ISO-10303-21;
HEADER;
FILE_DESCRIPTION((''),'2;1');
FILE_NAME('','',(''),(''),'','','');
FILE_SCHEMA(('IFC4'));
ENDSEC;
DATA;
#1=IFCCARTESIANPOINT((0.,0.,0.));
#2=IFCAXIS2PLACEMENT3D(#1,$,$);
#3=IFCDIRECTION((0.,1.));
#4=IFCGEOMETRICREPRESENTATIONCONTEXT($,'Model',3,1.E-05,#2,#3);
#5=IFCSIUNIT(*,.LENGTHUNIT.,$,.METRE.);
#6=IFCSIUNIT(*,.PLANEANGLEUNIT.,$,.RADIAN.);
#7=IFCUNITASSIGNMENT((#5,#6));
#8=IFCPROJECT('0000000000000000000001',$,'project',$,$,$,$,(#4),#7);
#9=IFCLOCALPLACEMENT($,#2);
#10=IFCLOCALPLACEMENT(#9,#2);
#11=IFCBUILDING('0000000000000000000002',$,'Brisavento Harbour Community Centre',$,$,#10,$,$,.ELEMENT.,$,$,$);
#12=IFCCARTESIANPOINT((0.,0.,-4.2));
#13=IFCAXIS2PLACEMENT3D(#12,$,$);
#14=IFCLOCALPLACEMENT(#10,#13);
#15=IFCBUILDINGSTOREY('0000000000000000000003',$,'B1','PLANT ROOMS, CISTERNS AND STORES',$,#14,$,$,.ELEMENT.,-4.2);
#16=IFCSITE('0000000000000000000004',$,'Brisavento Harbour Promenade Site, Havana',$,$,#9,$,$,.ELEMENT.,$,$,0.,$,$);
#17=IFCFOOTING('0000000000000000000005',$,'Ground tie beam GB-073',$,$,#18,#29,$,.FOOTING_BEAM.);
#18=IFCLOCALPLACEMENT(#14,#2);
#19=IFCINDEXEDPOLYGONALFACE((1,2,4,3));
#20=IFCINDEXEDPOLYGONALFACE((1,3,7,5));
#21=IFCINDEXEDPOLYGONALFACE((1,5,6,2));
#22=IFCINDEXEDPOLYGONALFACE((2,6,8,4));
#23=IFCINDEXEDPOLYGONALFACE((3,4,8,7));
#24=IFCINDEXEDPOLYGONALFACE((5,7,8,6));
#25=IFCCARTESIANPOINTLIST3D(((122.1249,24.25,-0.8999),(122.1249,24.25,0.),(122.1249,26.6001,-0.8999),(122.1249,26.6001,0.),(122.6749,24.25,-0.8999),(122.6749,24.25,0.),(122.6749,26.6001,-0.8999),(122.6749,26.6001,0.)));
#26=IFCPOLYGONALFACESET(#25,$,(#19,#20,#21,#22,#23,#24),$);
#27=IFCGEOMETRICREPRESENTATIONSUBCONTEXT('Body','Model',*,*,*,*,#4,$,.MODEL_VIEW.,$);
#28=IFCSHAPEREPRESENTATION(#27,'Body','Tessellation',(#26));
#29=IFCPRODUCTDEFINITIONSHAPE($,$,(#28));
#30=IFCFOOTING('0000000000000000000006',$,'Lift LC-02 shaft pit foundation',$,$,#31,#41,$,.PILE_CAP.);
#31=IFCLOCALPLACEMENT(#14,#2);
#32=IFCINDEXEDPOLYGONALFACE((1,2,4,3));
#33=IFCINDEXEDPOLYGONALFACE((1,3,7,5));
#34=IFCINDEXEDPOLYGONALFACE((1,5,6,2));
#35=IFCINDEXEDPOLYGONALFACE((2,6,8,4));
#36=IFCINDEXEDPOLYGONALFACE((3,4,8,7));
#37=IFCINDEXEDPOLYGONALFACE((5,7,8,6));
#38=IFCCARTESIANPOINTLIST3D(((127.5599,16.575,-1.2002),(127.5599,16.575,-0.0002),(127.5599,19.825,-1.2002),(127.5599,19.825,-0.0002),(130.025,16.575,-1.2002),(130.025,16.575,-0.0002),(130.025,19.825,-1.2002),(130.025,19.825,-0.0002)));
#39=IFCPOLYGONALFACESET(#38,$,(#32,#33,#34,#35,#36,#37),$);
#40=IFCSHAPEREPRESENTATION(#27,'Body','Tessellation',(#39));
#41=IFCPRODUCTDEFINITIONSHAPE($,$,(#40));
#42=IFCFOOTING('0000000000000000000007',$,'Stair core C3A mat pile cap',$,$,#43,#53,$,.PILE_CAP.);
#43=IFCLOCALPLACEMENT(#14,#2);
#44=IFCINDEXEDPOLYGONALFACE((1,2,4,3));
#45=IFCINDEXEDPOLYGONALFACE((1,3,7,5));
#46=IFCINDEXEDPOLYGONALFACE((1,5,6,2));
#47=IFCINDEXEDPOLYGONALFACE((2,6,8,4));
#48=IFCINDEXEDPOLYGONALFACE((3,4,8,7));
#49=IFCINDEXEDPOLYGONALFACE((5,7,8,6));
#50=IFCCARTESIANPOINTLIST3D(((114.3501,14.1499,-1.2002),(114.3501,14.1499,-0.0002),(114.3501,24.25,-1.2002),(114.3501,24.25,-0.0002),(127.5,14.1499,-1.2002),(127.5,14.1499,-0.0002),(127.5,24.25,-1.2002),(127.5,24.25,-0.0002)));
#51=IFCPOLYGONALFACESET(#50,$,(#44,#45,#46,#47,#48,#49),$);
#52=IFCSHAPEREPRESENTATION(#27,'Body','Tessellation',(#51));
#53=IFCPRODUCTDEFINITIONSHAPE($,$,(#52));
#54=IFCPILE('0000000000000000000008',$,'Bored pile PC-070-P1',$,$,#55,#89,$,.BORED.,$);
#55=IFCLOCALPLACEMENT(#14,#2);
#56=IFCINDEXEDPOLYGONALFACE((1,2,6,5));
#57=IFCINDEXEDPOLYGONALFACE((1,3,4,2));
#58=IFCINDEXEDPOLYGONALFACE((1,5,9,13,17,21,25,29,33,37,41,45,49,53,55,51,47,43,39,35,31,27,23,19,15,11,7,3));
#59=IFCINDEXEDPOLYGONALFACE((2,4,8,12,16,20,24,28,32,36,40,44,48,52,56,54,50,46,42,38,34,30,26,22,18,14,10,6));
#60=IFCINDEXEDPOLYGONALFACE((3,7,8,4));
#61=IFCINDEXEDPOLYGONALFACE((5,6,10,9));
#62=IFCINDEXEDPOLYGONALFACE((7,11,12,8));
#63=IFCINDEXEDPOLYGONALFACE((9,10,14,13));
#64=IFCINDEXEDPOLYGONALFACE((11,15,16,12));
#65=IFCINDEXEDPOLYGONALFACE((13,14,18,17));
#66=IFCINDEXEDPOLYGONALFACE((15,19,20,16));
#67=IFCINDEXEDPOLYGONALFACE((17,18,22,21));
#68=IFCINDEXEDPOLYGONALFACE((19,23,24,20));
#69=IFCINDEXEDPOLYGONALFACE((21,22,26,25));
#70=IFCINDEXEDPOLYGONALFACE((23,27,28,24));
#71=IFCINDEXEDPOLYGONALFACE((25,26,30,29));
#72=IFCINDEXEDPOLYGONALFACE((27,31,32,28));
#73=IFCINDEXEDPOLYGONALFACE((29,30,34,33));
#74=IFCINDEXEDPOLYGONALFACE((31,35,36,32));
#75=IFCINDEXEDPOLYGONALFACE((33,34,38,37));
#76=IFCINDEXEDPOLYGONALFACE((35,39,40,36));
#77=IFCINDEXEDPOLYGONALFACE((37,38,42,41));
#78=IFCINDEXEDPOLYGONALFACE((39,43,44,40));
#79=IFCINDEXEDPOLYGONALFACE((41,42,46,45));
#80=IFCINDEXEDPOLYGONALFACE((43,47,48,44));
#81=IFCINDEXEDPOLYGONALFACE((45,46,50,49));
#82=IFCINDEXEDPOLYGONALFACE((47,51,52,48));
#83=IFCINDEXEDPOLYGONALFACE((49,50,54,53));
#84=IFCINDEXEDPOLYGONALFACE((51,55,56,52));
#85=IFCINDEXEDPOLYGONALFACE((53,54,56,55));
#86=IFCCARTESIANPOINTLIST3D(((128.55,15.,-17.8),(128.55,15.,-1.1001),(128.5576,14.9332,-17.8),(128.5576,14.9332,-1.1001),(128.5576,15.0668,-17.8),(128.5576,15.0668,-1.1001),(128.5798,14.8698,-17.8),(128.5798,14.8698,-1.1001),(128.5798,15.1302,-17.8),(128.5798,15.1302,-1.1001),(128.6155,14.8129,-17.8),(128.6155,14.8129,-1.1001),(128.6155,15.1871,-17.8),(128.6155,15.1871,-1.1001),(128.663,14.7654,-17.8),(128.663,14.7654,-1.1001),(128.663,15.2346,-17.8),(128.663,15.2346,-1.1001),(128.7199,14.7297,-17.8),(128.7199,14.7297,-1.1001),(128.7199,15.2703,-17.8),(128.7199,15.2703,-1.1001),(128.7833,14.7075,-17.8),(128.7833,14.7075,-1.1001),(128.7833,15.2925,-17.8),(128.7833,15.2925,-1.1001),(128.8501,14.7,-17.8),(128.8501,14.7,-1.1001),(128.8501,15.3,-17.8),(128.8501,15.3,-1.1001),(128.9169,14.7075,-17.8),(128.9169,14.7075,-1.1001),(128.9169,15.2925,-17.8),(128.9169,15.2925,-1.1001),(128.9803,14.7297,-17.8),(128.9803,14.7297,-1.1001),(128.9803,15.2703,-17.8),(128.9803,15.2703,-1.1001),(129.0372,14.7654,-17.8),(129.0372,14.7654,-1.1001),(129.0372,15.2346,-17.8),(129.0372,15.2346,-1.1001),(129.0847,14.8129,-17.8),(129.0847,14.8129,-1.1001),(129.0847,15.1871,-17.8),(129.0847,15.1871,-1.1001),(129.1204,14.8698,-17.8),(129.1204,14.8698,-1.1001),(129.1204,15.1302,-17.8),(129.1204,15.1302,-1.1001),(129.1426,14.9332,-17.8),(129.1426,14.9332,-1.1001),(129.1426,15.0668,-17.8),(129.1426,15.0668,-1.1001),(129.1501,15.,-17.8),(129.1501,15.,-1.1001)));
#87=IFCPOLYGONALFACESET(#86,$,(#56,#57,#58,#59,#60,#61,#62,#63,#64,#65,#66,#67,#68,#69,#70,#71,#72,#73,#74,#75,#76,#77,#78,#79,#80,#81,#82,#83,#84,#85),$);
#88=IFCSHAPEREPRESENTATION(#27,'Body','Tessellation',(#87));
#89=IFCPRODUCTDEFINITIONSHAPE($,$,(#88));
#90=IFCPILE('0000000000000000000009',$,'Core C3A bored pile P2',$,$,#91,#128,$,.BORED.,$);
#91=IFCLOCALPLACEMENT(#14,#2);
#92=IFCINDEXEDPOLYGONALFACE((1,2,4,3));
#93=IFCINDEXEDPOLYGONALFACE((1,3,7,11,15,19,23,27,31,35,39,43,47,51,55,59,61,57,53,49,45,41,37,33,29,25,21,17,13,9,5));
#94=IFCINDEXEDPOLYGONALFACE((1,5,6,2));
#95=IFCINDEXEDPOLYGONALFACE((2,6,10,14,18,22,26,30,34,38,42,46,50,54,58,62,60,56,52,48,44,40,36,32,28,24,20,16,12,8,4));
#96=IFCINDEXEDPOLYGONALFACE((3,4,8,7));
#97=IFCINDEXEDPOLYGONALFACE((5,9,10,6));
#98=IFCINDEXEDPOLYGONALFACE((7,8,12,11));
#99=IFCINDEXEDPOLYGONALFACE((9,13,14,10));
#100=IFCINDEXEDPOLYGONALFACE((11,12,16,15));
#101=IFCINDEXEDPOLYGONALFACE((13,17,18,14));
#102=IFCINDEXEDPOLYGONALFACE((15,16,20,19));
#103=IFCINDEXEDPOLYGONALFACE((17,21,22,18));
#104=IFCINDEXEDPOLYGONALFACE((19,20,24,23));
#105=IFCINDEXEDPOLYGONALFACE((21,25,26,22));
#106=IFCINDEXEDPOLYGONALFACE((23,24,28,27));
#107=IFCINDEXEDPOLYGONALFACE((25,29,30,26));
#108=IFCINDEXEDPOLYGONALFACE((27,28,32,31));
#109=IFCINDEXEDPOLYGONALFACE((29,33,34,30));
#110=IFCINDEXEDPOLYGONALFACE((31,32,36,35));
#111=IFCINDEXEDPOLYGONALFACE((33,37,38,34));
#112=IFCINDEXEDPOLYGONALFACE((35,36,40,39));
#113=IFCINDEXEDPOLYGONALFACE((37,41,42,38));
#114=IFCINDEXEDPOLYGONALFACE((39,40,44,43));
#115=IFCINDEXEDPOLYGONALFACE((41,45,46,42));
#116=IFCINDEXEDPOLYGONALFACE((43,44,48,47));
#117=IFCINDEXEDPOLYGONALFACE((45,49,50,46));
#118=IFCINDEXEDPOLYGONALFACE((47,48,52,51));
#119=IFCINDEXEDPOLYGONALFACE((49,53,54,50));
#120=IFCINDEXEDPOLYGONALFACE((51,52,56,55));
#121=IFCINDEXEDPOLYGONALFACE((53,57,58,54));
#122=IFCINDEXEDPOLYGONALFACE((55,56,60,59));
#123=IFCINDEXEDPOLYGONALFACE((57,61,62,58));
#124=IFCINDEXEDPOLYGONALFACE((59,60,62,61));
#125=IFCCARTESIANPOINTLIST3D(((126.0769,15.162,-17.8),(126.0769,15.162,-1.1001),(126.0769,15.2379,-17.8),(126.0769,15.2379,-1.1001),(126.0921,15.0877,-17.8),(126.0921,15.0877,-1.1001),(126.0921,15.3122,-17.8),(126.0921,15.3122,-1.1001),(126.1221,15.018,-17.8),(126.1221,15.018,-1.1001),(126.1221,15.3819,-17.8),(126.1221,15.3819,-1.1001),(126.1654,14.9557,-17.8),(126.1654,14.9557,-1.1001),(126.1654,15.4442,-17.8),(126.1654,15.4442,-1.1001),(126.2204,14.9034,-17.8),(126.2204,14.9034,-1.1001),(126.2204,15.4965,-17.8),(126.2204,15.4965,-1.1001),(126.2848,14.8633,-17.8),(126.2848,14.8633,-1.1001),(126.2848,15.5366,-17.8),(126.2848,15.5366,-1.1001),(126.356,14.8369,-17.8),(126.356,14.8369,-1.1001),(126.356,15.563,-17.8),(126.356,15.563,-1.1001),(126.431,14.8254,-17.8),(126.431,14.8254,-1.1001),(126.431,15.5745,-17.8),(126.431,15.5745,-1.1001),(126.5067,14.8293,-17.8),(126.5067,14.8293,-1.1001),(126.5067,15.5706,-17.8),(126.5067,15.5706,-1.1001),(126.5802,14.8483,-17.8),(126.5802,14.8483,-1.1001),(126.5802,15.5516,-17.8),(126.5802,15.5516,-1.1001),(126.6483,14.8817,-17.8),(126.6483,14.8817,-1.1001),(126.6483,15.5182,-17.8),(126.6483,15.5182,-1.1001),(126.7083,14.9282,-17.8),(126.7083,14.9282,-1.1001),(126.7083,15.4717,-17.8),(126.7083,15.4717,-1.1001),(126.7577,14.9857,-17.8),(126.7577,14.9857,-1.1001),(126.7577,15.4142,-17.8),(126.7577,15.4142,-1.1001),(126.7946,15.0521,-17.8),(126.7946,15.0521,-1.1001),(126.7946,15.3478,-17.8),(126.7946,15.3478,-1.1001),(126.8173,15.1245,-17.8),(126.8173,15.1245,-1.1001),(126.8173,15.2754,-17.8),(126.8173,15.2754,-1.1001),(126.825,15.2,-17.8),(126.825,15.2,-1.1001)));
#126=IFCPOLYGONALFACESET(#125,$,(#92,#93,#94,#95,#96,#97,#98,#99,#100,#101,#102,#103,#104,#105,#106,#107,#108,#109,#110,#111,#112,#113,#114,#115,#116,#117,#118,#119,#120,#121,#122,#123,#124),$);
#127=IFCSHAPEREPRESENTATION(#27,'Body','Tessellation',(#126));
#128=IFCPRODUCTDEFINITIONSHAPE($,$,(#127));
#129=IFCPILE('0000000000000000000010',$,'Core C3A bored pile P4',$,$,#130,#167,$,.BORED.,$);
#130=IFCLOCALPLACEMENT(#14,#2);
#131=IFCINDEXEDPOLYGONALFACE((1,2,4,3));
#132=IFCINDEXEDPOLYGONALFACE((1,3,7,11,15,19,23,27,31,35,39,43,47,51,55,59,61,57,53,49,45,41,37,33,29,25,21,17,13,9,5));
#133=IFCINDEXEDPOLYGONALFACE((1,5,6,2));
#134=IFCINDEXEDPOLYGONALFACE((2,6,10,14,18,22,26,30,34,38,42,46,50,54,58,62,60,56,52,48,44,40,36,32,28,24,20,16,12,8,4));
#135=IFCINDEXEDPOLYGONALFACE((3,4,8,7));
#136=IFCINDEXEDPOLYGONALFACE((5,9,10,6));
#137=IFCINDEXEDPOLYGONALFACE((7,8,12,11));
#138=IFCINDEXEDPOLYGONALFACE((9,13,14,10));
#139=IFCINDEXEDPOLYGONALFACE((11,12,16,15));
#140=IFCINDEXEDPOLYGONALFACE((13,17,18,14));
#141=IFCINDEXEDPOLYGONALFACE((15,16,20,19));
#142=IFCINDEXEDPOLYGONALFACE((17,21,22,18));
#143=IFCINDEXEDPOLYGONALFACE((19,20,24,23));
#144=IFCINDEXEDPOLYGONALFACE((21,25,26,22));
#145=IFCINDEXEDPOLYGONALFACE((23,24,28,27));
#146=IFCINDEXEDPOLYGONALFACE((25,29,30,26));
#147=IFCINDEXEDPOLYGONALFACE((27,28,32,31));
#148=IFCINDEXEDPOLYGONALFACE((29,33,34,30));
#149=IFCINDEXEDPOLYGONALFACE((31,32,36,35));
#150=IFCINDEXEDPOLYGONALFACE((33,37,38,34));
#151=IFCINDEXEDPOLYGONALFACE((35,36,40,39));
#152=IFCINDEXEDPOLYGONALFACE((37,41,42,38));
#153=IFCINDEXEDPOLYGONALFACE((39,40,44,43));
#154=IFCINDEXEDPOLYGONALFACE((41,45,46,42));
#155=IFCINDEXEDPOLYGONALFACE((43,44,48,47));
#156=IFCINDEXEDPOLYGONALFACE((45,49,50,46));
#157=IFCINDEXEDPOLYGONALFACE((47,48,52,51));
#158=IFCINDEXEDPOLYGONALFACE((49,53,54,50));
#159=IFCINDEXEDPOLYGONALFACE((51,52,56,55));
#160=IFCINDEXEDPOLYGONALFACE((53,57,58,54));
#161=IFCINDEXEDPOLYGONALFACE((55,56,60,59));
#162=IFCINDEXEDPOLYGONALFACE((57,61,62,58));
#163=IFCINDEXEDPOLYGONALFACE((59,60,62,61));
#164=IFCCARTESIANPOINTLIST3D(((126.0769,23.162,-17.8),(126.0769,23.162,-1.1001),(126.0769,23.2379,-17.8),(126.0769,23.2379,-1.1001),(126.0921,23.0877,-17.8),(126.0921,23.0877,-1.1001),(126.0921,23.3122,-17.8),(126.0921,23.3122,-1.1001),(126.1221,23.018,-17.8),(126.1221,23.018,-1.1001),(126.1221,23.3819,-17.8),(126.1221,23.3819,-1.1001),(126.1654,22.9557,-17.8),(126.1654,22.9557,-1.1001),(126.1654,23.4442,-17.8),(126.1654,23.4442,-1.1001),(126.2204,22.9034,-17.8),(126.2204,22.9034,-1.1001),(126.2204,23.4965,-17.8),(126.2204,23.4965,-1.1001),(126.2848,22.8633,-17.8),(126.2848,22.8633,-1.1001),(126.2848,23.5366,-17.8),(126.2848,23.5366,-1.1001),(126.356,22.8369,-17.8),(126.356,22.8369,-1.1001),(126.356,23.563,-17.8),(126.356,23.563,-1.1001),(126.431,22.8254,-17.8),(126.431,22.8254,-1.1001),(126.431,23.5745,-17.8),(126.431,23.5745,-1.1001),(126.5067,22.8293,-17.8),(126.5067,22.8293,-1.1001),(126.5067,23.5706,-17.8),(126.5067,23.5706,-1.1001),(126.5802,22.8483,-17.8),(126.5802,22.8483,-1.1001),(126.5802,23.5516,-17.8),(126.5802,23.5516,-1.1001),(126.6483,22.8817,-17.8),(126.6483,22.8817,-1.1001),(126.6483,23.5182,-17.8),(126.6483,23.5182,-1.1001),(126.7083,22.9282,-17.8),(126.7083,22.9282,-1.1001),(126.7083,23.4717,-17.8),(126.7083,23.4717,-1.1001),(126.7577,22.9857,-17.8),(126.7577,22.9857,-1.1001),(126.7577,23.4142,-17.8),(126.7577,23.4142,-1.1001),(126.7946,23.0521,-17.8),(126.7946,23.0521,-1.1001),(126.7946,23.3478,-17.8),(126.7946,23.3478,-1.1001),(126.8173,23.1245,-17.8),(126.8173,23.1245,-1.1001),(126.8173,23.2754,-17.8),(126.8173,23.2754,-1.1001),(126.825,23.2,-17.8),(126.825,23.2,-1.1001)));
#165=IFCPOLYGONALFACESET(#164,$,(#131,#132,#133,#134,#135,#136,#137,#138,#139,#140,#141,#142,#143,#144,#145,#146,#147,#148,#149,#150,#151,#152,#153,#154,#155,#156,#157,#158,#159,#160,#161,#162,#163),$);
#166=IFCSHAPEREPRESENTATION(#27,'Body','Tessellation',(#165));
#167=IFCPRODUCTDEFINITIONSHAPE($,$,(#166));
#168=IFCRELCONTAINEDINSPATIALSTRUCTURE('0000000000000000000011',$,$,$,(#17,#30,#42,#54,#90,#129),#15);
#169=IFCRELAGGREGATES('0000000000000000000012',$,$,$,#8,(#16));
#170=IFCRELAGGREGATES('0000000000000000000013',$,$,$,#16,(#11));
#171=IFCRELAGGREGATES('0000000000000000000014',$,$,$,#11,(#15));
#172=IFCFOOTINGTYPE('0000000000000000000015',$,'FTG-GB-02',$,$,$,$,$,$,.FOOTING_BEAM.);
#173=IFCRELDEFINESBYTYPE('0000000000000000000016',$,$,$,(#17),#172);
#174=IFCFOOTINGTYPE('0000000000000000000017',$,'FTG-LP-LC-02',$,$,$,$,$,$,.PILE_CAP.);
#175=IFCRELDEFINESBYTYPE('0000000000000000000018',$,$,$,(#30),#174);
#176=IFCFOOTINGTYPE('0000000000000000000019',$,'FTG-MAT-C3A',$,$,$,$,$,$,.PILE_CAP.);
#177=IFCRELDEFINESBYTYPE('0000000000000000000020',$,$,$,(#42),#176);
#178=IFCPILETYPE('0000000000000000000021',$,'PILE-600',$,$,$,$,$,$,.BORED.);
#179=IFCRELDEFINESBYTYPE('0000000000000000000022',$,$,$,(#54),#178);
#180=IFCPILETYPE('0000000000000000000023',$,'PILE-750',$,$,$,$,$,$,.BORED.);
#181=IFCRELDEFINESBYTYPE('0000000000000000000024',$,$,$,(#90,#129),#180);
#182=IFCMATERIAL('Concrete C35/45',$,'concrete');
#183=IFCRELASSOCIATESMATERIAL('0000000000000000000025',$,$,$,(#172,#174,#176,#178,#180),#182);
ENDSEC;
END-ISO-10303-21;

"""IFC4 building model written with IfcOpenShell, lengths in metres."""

from ifc_helpers import new_model, si_unit, direction, frame, origin, origin_2d, place, context, subcontext, project, spatial, rectangle, circle, extrude, material, material_profile, profile_set, type_object, element, save


model = new_model("IFC4")

# Units and contexts
model_context = context("Model", 3, precision=1e-05, world=origin(), true_north=direction((0.0, 1.0)))
body_context = subcontext(model_context, "Body", "Model", "MODEL_VIEW")
ifc_project = project(units=[si_unit("LENGTHUNIT", "METRE"), si_unit("PLANEANGLEUNIT", "RADIAN")], contexts=[model_context])

# Site, building, storey
site_placement = place(None, origin())
site = spatial("IfcSite", under=ifc_project, at=site_placement, Name="Brisavento Harbour Promenade Site, Havana", CompositionType="ELEMENT", RefElevation=0.0)
building_placement = place(site_placement, origin())
building = spatial("IfcBuilding", under=site, at=building_placement, Name="Brisavento Harbour Community Centre", CompositionType="ELEMENT")
storey_placement = place(building_placement, frame((0.0, 0.0, -4.2)))
storey = spatial("IfcBuildingStorey", under=building, at=storey_placement, Name="B1", Description="PLANT ROOMS, CISTERNS AND STORES", CompositionType="ELEMENT", Elevation=-4.2)

# Footings
ifc_material_1 = material(Name="Concrete C35/45", Category="concrete")
footing_type_1 = type_object("IfcFootingType", Name="FTG-GB-02", PredefinedType="FOOTING_BEAM", material=ifc_material_1)
footing_1_placement = place(storey_placement, frame((122.3999, 25.425, -0.8999), z_axis=(0.0, 0.0, 1.0), x_axis=(1.0, 0.0, 0.0)))
element("IfcFooting", 1, at=footing_1_placement, inside=storey, type_object=footing_type_1, Name="Ground tie beam GB-073", PredefinedType="FOOTING_BEAM", context=body_context, shape_type="SweptSolid", body=[
    extrude(rectangle(XDim=0.55, YDim=2.3501, at=origin_2d()), origin(), (0.0, 0.0, 1.0), 0.8999),
])
footing_type_2 = type_object("IfcFootingType", Name="FTG-LP-LC-02", PredefinedType="PILE_CAP", material=ifc_material_1)
footing_2_placement = place(storey_placement, frame((128.7925, 18.2, -1.2002), z_axis=(0.0, 0.0, 1.0), x_axis=(1.0, 0.0, 0.0)))
element("IfcFooting", 2, at=footing_2_placement, inside=storey, type_object=footing_type_2, Name="Lift LC-02 shaft pit foundation", PredefinedType="PILE_CAP", context=body_context, shape_type="SweptSolid", body=[
    extrude(rectangle(XDim=2.4651, YDim=3.25, at=origin_2d()), origin(), (0.0, 0.0, 1.0), 1.2),
])
footing_type_3 = type_object("IfcFootingType", Name="FTG-MAT-C3A", PredefinedType="PILE_CAP", material=ifc_material_1)
footing_3_placement = place(storey_placement, frame((120.925, 19.2, -1.2002), z_axis=(0.0, 0.0, 1.0), x_axis=(1.0, 0.0, 0.0)))
element("IfcFooting", 3, at=footing_3_placement, inside=storey, type_object=footing_type_3, Name="Stair core C3A mat pile cap", PredefinedType="PILE_CAP", context=body_context, shape_type="SweptSolid", body=[
    extrude(rectangle(XDim=13.1499, YDim=10.1001, at=origin_2d()), origin(), (0.0, 0.0, 1.0), 1.2),
])

# Piles
ifc_material_profile_1 = material_profile(ifc_material_1, circle(Radius=0.3, at=origin_2d()), Name="Concrete C35/45")
ifc_profile_set_1 = profile_set([ifc_material_profile_1], Name="Concrete C35/45")
pile_type_1 = type_object("IfcPileType", Name="PILE-600", PredefinedType="BORED", material=ifc_profile_set_1)
pile_placement = place(storey_placement, frame((128.8501, 15.0, -1.1001), z_axis=(0.0, 0.0, -1.0), x_axis=(1.0, 0.0, 0.0)))
element("IfcPile", 4, at=pile_placement, inside=storey, type_object=pile_type_1, Name="Bored pile PC-070-P1", PredefinedType="BORED", context=body_context, shape_type="SweptSolid", body=[
    extrude(circle(Radius=0.3, at=origin_2d()), origin(), (0.0, 0.0, 1.0), 16.7),
])
ifc_material_profile_2 = material_profile(ifc_material_1, circle(Radius=0.375, at=origin_2d()), Name="Concrete C35/45")
ifc_profile_set_2 = profile_set([ifc_material_profile_2], Name="Concrete C35/45")
pile_type_2 = type_object("IfcPileType", Name="PILE-750", PredefinedType="BORED", material=ifc_profile_set_2)
for number, where, z_axis, x_axis, name in (
    (5, (126.45, 15.2, -1.1001), (0.0, 0.0, -1.0), (1.0, 0.0, 0.0), "Core C3A bored pile P2"),
    (6, (126.45, 23.2, -1.1001), (0.0, 0.0, -1.0), (1.0, 0.0, 0.0), "Core C3A bored pile P4"),
):
    element("IfcPile", number, at=place(storey_placement, frame(where, z_axis=z_axis, x_axis=x_axis)), inside=storey, type_object=pile_type_2, Name=name, PredefinedType="BORED", context=body_context, shape_type="SweptSolid", body=[
        extrude(circle(Radius=0.375, at=origin_2d()), origin(), (0.0, 0.0, 1.0), 16.7),
    ])

save(model, "model.ifc")
